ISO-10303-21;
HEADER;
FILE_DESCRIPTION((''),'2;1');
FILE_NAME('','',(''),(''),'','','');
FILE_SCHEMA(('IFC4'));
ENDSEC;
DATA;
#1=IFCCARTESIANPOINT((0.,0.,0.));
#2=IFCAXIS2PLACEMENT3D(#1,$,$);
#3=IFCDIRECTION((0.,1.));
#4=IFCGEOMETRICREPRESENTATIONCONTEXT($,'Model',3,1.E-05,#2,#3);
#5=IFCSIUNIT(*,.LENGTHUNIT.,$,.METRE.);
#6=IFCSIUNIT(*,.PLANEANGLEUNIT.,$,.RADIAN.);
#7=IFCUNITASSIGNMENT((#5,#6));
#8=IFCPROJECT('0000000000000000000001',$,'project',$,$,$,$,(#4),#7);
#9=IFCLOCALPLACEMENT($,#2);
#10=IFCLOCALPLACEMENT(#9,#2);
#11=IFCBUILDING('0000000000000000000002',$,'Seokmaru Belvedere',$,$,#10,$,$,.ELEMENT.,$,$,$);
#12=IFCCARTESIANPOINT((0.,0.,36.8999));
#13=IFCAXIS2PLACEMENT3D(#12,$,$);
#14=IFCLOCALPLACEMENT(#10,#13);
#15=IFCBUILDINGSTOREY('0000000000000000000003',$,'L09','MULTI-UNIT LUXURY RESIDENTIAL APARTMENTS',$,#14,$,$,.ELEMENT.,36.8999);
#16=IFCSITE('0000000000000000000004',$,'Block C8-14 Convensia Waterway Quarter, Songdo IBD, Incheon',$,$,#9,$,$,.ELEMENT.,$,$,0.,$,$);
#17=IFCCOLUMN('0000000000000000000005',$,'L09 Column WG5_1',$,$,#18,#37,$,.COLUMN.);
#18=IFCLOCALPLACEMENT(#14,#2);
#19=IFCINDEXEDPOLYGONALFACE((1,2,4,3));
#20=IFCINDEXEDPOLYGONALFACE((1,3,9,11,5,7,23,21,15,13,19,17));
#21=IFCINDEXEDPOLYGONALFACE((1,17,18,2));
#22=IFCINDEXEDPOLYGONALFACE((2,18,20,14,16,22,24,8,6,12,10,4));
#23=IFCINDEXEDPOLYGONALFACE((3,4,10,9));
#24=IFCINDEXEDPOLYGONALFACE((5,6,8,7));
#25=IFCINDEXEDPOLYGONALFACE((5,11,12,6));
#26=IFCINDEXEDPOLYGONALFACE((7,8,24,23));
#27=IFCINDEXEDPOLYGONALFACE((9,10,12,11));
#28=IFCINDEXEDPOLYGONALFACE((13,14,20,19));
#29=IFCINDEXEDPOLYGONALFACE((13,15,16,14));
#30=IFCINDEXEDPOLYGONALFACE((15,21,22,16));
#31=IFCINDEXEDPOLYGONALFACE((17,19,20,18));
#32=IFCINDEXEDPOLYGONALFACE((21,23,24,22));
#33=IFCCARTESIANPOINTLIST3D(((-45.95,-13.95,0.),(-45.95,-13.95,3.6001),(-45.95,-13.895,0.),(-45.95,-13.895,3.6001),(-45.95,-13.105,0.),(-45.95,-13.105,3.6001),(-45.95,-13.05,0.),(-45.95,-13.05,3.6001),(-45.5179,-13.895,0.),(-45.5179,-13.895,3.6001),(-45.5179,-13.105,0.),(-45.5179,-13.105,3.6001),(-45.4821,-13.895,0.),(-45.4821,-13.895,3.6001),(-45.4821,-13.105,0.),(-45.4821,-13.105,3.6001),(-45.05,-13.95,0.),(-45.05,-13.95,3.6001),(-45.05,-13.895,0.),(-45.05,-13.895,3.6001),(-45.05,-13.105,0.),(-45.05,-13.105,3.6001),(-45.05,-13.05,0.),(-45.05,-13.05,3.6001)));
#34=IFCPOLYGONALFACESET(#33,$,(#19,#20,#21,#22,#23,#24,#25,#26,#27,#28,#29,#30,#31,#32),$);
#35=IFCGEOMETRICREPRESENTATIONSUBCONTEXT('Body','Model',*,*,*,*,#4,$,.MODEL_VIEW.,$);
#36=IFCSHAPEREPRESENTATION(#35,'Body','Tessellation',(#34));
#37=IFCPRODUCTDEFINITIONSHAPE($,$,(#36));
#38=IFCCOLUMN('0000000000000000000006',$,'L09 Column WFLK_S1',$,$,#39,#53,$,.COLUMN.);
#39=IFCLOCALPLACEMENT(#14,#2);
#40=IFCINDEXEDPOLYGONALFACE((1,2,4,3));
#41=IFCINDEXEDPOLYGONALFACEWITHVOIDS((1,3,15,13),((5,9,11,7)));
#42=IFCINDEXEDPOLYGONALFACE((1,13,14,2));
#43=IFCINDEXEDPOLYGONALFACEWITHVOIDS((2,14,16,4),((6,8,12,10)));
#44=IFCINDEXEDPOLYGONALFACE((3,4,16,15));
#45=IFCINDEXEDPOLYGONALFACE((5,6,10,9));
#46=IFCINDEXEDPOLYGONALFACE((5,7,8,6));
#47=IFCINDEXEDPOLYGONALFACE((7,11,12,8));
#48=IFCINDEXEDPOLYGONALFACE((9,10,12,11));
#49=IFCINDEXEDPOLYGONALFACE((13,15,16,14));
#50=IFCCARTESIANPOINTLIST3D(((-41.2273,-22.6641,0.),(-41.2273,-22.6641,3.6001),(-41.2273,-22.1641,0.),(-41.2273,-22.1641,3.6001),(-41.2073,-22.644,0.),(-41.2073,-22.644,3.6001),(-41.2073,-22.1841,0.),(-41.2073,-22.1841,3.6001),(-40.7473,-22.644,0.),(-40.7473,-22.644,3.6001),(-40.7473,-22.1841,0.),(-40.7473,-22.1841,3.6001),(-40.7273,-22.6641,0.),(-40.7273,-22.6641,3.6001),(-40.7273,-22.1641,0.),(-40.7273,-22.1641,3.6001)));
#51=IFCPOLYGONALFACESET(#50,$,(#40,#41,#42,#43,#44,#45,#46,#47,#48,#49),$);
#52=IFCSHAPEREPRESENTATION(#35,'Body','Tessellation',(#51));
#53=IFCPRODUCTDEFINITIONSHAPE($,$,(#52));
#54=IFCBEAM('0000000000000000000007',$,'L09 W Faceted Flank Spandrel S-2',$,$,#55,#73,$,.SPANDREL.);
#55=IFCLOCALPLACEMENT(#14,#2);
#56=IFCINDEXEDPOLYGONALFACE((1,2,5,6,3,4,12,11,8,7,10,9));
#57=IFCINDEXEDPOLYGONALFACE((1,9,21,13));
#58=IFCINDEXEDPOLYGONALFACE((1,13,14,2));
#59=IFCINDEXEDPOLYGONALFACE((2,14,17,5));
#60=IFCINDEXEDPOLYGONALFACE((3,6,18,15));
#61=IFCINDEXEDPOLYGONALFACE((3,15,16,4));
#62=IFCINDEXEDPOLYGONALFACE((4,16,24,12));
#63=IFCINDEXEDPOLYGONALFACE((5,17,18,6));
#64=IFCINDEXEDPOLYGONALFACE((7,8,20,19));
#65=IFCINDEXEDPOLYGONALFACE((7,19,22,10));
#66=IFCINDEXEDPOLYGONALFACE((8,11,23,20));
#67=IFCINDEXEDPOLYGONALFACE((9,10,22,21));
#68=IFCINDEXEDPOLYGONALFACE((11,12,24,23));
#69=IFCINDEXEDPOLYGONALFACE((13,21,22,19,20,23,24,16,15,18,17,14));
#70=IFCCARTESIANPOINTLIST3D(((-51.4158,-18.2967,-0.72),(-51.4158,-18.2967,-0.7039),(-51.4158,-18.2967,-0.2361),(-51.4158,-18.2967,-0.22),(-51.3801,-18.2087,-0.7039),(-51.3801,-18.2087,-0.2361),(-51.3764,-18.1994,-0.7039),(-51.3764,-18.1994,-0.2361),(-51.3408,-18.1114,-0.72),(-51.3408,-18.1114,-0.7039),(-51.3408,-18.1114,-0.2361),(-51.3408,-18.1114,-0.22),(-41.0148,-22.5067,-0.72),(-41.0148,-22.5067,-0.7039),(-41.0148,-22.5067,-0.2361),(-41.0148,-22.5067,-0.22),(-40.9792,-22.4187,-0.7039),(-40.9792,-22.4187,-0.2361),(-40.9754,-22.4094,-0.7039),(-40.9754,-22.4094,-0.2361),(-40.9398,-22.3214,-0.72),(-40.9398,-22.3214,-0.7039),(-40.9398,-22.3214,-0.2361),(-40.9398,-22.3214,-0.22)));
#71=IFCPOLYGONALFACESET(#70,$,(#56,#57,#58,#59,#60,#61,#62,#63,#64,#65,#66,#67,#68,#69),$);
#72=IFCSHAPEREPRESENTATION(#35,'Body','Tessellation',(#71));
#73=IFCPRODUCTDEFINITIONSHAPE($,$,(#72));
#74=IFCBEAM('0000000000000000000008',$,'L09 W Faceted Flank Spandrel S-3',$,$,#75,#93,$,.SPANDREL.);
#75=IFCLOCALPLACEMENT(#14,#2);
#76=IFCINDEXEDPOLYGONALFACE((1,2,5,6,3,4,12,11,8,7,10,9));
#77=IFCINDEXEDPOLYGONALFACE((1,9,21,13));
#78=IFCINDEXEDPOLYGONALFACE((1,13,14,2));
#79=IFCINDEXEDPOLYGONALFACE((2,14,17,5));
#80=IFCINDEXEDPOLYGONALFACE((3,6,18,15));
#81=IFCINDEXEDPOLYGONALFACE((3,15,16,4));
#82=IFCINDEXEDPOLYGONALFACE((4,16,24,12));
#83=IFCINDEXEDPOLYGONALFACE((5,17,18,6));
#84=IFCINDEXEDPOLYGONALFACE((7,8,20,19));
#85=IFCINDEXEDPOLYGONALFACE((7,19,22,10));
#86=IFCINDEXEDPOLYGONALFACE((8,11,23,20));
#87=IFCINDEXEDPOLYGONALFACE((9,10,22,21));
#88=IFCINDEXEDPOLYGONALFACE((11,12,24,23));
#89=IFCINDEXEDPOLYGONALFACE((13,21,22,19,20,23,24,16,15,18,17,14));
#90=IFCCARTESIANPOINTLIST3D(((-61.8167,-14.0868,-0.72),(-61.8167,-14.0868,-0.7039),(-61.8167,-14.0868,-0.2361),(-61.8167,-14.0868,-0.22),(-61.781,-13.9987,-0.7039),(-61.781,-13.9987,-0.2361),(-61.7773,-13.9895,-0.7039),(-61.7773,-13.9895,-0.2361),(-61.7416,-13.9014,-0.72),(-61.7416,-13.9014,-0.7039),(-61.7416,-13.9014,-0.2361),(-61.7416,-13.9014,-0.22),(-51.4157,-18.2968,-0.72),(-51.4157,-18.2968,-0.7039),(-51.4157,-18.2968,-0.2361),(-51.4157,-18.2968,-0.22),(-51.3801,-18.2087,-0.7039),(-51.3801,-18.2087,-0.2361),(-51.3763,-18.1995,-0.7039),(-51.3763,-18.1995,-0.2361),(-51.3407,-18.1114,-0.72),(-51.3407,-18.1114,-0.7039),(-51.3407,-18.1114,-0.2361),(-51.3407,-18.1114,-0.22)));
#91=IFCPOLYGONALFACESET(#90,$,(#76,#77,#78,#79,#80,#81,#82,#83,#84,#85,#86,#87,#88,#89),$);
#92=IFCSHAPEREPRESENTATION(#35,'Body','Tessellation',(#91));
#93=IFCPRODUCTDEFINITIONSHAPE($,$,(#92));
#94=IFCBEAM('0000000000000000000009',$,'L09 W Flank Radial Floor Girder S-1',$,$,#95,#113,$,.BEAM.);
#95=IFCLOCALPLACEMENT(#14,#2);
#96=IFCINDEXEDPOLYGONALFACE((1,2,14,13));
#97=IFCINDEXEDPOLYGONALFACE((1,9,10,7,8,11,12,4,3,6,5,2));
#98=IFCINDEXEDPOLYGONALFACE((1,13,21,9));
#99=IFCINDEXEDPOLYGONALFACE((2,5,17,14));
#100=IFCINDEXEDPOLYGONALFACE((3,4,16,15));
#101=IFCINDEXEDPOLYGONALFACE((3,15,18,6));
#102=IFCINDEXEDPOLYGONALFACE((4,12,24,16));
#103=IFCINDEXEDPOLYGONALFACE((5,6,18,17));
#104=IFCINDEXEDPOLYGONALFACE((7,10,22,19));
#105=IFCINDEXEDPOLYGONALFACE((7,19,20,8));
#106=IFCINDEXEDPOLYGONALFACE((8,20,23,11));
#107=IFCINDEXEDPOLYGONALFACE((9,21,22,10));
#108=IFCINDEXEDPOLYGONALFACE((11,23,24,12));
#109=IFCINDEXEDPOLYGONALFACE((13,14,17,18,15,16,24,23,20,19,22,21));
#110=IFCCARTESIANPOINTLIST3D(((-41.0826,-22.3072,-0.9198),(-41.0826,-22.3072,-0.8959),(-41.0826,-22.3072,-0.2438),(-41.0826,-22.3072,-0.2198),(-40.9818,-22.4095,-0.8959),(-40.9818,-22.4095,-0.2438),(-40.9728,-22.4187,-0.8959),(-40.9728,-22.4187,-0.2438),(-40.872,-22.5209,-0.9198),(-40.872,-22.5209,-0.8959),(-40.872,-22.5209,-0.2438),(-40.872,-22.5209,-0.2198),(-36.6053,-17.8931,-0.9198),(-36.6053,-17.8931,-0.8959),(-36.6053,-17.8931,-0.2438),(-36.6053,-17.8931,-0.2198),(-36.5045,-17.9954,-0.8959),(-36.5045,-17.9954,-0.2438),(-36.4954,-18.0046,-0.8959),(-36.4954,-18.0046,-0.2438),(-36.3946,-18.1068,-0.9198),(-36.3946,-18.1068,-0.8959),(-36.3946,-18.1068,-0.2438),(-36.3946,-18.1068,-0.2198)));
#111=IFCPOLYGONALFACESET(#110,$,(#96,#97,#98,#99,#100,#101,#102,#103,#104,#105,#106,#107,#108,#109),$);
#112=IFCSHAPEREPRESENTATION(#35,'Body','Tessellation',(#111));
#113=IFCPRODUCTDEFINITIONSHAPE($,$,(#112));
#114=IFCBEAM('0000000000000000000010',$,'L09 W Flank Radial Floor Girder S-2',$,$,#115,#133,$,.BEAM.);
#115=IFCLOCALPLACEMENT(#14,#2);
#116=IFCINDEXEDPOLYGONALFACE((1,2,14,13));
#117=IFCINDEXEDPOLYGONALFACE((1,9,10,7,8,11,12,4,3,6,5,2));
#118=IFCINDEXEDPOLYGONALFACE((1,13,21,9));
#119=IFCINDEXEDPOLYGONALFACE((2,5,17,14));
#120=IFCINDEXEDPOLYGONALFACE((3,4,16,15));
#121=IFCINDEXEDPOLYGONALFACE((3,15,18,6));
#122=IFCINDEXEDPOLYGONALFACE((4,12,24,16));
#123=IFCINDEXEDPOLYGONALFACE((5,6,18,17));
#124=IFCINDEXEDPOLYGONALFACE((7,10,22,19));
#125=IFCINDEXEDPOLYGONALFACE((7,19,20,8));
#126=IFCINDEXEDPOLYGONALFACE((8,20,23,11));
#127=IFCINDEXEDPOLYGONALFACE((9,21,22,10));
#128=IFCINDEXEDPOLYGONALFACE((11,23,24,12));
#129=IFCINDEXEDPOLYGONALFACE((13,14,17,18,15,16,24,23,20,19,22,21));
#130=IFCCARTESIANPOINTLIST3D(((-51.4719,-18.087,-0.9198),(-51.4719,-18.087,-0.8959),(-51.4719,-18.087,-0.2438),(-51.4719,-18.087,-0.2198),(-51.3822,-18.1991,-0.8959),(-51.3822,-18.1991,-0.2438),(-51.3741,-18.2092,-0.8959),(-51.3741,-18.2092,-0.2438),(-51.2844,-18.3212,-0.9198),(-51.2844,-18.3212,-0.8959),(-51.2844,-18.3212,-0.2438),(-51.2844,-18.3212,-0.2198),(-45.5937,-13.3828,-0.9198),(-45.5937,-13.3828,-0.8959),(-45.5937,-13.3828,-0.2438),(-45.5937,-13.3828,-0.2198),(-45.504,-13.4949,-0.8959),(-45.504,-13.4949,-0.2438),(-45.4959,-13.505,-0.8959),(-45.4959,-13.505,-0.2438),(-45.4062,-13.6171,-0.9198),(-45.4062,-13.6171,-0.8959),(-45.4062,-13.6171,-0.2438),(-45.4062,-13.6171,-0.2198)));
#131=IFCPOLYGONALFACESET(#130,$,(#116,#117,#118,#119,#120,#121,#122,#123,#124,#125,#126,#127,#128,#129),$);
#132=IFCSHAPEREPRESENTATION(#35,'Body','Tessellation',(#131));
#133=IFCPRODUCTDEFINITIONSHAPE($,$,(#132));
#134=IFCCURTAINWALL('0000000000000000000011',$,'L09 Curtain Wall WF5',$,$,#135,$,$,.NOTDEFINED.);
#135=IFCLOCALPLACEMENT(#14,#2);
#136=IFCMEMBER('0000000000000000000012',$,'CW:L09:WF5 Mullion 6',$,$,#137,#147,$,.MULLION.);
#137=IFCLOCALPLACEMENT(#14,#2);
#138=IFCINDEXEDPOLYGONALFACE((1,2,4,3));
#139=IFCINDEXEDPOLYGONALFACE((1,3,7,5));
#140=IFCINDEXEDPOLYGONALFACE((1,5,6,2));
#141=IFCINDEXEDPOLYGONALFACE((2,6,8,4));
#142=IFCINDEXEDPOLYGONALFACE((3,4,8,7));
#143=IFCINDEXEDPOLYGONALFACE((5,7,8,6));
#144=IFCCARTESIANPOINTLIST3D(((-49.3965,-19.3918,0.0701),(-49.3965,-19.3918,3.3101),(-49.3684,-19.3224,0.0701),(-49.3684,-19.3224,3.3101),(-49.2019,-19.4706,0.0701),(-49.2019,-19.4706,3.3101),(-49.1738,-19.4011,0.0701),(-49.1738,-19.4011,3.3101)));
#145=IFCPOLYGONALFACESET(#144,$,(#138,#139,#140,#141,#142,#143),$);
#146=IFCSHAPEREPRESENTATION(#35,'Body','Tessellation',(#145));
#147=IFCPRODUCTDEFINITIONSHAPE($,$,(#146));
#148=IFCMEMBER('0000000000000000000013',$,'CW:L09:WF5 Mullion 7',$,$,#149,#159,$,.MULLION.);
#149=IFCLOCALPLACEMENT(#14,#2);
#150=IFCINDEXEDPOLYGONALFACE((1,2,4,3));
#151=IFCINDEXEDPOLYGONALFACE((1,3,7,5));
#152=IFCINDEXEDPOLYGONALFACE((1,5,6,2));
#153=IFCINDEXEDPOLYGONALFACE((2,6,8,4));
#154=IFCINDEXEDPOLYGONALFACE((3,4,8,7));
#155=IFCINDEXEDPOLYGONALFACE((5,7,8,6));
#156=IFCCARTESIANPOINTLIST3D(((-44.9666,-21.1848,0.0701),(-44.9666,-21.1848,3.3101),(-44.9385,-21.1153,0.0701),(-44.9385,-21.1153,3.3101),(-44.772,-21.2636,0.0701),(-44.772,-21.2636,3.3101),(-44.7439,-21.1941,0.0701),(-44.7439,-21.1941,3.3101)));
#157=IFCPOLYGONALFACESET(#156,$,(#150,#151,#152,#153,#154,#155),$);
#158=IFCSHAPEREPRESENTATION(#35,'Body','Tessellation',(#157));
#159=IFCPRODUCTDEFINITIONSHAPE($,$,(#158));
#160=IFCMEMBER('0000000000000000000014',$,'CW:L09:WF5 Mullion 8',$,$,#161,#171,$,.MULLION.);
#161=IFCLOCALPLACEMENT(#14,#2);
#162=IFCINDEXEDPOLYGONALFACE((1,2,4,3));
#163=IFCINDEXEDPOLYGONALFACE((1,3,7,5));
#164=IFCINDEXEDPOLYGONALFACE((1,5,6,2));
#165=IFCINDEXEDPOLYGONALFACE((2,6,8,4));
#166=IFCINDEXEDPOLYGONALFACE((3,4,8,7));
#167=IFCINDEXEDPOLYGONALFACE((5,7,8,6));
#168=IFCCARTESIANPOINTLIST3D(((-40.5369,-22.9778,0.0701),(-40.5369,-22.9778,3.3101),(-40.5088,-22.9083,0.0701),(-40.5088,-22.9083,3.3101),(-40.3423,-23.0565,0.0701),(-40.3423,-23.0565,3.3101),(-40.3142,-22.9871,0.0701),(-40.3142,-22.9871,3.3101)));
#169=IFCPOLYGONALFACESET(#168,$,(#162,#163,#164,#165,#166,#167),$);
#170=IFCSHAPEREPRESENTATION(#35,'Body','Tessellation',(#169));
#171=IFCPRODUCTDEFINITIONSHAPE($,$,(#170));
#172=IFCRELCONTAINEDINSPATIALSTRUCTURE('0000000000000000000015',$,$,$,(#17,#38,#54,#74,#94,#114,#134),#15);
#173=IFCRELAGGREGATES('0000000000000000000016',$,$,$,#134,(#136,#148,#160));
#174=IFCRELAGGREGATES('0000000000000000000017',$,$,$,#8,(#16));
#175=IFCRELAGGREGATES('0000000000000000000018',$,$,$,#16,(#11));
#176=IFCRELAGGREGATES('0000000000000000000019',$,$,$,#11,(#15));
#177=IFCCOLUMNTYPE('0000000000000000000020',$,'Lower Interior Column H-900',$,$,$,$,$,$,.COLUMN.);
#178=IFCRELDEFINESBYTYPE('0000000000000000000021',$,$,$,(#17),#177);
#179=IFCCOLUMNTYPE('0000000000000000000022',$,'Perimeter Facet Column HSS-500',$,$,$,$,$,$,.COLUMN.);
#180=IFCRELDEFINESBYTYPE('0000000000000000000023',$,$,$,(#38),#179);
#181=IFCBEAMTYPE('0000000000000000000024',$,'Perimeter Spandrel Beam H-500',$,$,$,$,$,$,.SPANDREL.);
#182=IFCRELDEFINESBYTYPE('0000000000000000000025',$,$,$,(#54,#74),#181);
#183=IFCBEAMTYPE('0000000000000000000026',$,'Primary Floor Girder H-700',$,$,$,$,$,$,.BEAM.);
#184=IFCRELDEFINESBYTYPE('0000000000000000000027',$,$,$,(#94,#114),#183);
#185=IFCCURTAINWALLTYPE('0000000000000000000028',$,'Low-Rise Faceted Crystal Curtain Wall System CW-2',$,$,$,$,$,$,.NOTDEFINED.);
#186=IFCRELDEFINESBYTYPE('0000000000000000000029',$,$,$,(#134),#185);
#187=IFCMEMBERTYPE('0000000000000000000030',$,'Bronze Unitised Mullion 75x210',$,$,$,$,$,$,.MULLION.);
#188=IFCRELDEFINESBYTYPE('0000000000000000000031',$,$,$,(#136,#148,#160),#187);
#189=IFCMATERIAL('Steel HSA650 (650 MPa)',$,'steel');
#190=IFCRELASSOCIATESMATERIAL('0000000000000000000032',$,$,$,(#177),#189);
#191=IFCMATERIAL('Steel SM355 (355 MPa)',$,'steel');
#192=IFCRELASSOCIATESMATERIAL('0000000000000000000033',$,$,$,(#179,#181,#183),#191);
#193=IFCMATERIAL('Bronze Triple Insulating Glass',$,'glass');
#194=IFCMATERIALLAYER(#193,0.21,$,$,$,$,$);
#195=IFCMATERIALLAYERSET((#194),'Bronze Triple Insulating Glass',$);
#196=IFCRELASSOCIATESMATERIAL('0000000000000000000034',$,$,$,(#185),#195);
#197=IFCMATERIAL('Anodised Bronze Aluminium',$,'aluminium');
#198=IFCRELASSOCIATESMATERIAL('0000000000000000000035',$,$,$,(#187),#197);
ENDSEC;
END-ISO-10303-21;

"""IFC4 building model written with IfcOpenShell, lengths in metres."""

from ifc_helpers import new_model, si_unit, direction, frame, origin, origin_2d, place, context, subcontext, project, spatial, rectangle, hollow_rectangle, i_section, extrude, source, transform, mapped, material, layer, layer_set, material_profile, profile_set, type_object, type_shapes, element, aggregate, save


model = new_model("IFC4")

# Units and contexts
model_context = context("Model", 3, precision=1e-05, world=origin(), true_north=direction((0.0, 1.0)))
body_context = subcontext(model_context, "Body", "Model", "MODEL_VIEW")
ifc_project = project(units=[si_unit("LENGTHUNIT", "METRE"), si_unit("PLANEANGLEUNIT", "RADIAN")], contexts=[model_context])

# Site, building, storey
site_placement = place(None, origin())
site = spatial("IfcSite", under=ifc_project, at=site_placement, Name="Block C8-14 Convensia Waterway Quarter, Songdo IBD, Incheon", CompositionType="ELEMENT", RefElevation=0.0)
building_placement = place(site_placement, origin())
building = spatial("IfcBuilding", under=site, at=building_placement, Name="Seokmaru Belvedere", CompositionType="ELEMENT")
storey_placement = place(building_placement, frame((0.0, 0.0, 36.8999)))
storey = spatial("IfcBuildingStorey", under=building, at=storey_placement, Name="L09", Description="MULTI-UNIT LUXURY RESIDENTIAL APARTMENTS", CompositionType="ELEMENT", Elevation=36.8999)

# Columns
ifc_material_1 = material(Name="Steel HSA650 (650 MPa)", Category="steel")
ifc_material_profile_1 = material_profile(ifc_material_1, i_section(OverallWidth=0.8999, OverallDepth=0.8999, WebThickness=0.0359, FlangeThickness=0.0549, at=origin_2d()), Name="H-900x900x36x55")
ifc_profile_set_1 = profile_set([ifc_material_profile_1], Name="Steel HSA650 (650 MPa)")
column_type_1 = type_object("IfcColumnType", Name="Lower Interior Column H-900", PredefinedType="COLUMN", material=ifc_profile_set_1)
shared_shape_1 = source(origin(), body_context, "Body", "SweptSolid", [
    extrude(i_section(OverallWidth=0.8999, OverallDepth=0.8999, WebThickness=0.0359, FlangeThickness=0.0549, at=origin_2d()), origin(), (0.0, 0.0, 1.0), 3.6001),
])
type_shapes(column_type_1, [shared_shape_1])
column_1_placement = place(storey_placement, frame((-45.5, -13.5, 0.0), z_axis=(0.0, 0.0, 1.0), x_axis=(1.0, 0.0, 0.0)))
element("IfcColumn", 1, at=column_1_placement, inside=storey, type_object=column_type_1, Name="L09 Column WG5_1", PredefinedType="COLUMN", context=body_context, shape_type="MappedRepresentation", body=[
    mapped(shared_shape_1, transform((0.0, 0.0, 0.0), scale=1.0)),
])
ifc_material_2 = material(Name="Steel SM355 (355 MPa)", Category="steel")
ifc_material_profile_2 = material_profile(ifc_material_2, hollow_rectangle(XDim=0.5, YDim=0.5, WallThickness=0.02, at=origin_2d()), Name="HSS-500x500x20")
ifc_profile_set_2 = profile_set([ifc_material_profile_2], Name="Steel SM355 (355 MPa)")
column_type_2 = type_object("IfcColumnType", Name="Perimeter Facet Column HSS-500", PredefinedType="COLUMN", material=ifc_profile_set_2)
shared_shape_2 = source(origin(), body_context, "Body", "SweptSolid", [
    extrude(hollow_rectangle(XDim=0.5, YDim=0.5, WallThickness=0.02, at=origin_2d()), origin(), (0.0, 0.0, 1.0), 3.6001),
])
type_shapes(column_type_2, [shared_shape_2])
column_2_placement = place(storey_placement, frame((-40.9773, -22.4141, 0.0), z_axis=(0.0, 0.0, 1.0), x_axis=(1.0, 0.0, 0.0)))
element("IfcColumn", 2, at=column_2_placement, inside=storey, type_object=column_type_2, Name="L09 Column WFLK_S1", PredefinedType="COLUMN", context=body_context, shape_type="MappedRepresentation", body=[
    mapped(shared_shape_2, transform((0.0, 0.0, 0.0), scale=1.0)),
])

# Beams
ifc_material_profile_3 = material_profile(ifc_material_2, i_section(OverallWidth=0.2, OverallDepth=0.5, WebThickness=0.01, FlangeThickness=0.0161, at=origin_2d()), Name="H-500x200x10x16")
ifc_profile_set_3 = profile_set([ifc_material_profile_3], Name="Steel SM355 (355 MPa)")
beam_type_1 = type_object("IfcBeamType", Name="Perimeter Spandrel Beam H-500", PredefinedType="SPANDREL", material=ifc_profile_set_3)
shared_shape_3 = source(origin(), body_context, "Body", "SweptSolid", [
    extrude(i_section(OverallWidth=0.2, OverallDepth=0.5, WebThickness=0.01, FlangeThickness=0.0161, at=origin_2d()), origin(), (0.0, 0.0, 1.0), 11.2207),
])
type_shapes(beam_type_1, [shared_shape_3])
for number, where, z_axis, x_axis, name in (
    (3, (-40.9773, -22.4141, -0.47), (-0.926944, 0.375199, 0.0), (-0.375199, -0.926944, 0.0), "L09 W Faceted Flank Spandrel S-2"),
    (4, (-51.3782, -18.2041, -0.47), (-0.926944, 0.375199, 0.0), (-0.375199, -0.926944, 0.0), "L09 W Faceted Flank Spandrel S-3"),
):
    element("IfcBeam", number, at=place(storey_placement, frame(where, z_axis=z_axis, x_axis=x_axis)), inside=storey, type_object=beam_type_1, Name=name, PredefinedType="SPANDREL", context=body_context, shape_type="MappedRepresentation", body=[
        mapped(shared_shape_3, transform((0.0, 0.0, 0.0), scale=1.0)),
    ])
ifc_material_profile_4 = material_profile(ifc_material_2, i_section(OverallWidth=0.3, OverallDepth=0.7, WebThickness=0.0129, FlangeThickness=0.0239, at=origin_2d()), Name="H-700x300x13x24")
ifc_profile_set_4 = profile_set([ifc_material_profile_4], Name="Steel SM355 (355 MPa)")
beam_type_2 = type_object("IfcBeamType", Name="Primary Floor Girder H-700", PredefinedType="BEAM", material=ifc_profile_set_4)
shared_shape_4 = source(origin(), body_context, "Body", "SweptSolid", [
    extrude(i_section(OverallWidth=0.3, OverallDepth=0.7, WebThickness=0.0129, FlangeThickness=0.0239, at=origin_2d()), origin(), (0.0, 0.0, 1.0), 6.2874),
])
beam_1_placement = place(storey_placement, frame((-40.9773, -22.4141, -0.5698), z_axis=(0.712117, 0.70206, 0.0), x_axis=(-0.70206, 0.712117, 0.0)))
element("IfcBeam", 5, at=beam_1_placement, inside=storey, type_object=beam_type_2, Name="L09 W Flank Radial Floor Girder S-1", PredefinedType="BEAM", context=body_context, shape_type="MappedRepresentation", body=[
    mapped(shared_shape_4, transform((0.0, 0.0, 0.0), scale=1.0)),
])
shared_shape_5 = source(origin(), body_context, "Body", "SweptSolid", [
    extrude(i_section(OverallWidth=0.3, OverallDepth=0.7, WebThickness=0.0129, FlangeThickness=0.0239, at=origin_2d()), origin(), (0.0, 0.0, 1.0), 7.5288),
])
type_shapes(beam_type_2, [shared_shape_4, shared_shape_5])
beam_2_placement = place(storey_placement, frame((-51.3782, -18.2041, -0.5698), z_axis=(0.780768, 0.624822, 0.0), x_axis=(-0.624822, 0.780768, 0.0)))
element("IfcBeam", 6, at=beam_2_placement, inside=storey, type_object=beam_type_2, Name="L09 W Flank Radial Floor Girder S-2", PredefinedType="BEAM", context=body_context, shape_type="MappedRepresentation", body=[
    mapped(shared_shape_5, transform((0.0, 0.0, 0.0), scale=1.0)),
])

# Curtain wall, members
ifc_material_3 = material(Name="Bronze Triple Insulating Glass", Category="glass")
ifc_layer_1 = layer(ifc_material_3, 0.21)
ifc_layer_set_1 = layer_set([ifc_layer_1], Name="Bronze Triple Insulating Glass")
curtain_wall_type = type_object("IfcCurtainWallType", Name="Low-Rise Faceted Crystal Curtain Wall System CW-2", PredefinedType="NOTDEFINED", material=ifc_layer_set_1)
curtain_wall_placement = place(storey_placement, origin())
curtain_wall = element("IfcCurtainWall", 7, at=curtain_wall_placement, inside=storey, type_object=curtain_wall_type, Name="L09 Curtain Wall WF5", PredefinedType="NOTDEFINED")
ifc_material_4 = material(Name="Anodised Bronze Aluminium", Category="aluminium")
ifc_material_profile_5 = material_profile(ifc_material_4, rectangle(XDim=0.075, YDim=0.21, at=origin_2d()), Name="CW-M-75x210")
ifc_profile_set_5 = profile_set([ifc_material_profile_5], Name="Anodised Bronze Aluminium")
member_type = type_object("IfcMemberType", Name="Bronze Unitised Mullion 75x210", PredefinedType="MULLION", material=ifc_profile_set_5)
shared_shape_6 = source(origin(), body_context, "Body", "SweptSolid", [
    extrude(rectangle(XDim=0.075, YDim=0.21, at=origin_2d()), origin(), (0.0, 0.0, 1.0), 3.24),
])
type_shapes(member_type, [shared_shape_6])
member_1_placement = place(storey_placement, frame((-49.2852, -19.3965, 0.0701), z_axis=(0.0, 0.0, 1.0), x_axis=(0.375192, 0.926947, 0.0)))
member_1 = element("IfcMember", 8, at=member_1_placement, type_object=member_type, Name="CW:L09:WF5 Mullion 6", PredefinedType="MULLION", context=body_context, shape_type="MappedRepresentation", body=[
    mapped(shared_shape_6, transform((0.0, 0.0, 0.0), scale=1.0)),
])
member_2_placement = place(storey_placement, frame((-44.8552, -21.1895, 0.0701), z_axis=(0.0, 0.0, 1.0), x_axis=(0.375192, 0.926947, 0.0)))
member_2 = element("IfcMember", 9, at=member_2_placement, type_object=member_type, Name="CW:L09:WF5 Mullion 7", PredefinedType="MULLION", context=body_context, shape_type="MappedRepresentation", body=[
    mapped(shared_shape_6, transform((0.0, 0.0, 0.0), scale=1.0)),
])
member_3_placement = place(storey_placement, frame((-40.4255, -22.9824, 0.0701), z_axis=(0.0, 0.0, 1.0), x_axis=(0.375192, 0.926947, 0.0)))
member_3 = element("IfcMember", 10, at=member_3_placement, type_object=member_type, Name="CW:L09:WF5 Mullion 8", PredefinedType="MULLION", context=body_context, shape_type="MappedRepresentation", body=[
    mapped(shared_shape_6, transform((0.0, 0.0, 0.0), scale=1.0)),
])
aggregate(curtain_wall, [member_1, member_2, member_3])

save(model, "model.ifc")
